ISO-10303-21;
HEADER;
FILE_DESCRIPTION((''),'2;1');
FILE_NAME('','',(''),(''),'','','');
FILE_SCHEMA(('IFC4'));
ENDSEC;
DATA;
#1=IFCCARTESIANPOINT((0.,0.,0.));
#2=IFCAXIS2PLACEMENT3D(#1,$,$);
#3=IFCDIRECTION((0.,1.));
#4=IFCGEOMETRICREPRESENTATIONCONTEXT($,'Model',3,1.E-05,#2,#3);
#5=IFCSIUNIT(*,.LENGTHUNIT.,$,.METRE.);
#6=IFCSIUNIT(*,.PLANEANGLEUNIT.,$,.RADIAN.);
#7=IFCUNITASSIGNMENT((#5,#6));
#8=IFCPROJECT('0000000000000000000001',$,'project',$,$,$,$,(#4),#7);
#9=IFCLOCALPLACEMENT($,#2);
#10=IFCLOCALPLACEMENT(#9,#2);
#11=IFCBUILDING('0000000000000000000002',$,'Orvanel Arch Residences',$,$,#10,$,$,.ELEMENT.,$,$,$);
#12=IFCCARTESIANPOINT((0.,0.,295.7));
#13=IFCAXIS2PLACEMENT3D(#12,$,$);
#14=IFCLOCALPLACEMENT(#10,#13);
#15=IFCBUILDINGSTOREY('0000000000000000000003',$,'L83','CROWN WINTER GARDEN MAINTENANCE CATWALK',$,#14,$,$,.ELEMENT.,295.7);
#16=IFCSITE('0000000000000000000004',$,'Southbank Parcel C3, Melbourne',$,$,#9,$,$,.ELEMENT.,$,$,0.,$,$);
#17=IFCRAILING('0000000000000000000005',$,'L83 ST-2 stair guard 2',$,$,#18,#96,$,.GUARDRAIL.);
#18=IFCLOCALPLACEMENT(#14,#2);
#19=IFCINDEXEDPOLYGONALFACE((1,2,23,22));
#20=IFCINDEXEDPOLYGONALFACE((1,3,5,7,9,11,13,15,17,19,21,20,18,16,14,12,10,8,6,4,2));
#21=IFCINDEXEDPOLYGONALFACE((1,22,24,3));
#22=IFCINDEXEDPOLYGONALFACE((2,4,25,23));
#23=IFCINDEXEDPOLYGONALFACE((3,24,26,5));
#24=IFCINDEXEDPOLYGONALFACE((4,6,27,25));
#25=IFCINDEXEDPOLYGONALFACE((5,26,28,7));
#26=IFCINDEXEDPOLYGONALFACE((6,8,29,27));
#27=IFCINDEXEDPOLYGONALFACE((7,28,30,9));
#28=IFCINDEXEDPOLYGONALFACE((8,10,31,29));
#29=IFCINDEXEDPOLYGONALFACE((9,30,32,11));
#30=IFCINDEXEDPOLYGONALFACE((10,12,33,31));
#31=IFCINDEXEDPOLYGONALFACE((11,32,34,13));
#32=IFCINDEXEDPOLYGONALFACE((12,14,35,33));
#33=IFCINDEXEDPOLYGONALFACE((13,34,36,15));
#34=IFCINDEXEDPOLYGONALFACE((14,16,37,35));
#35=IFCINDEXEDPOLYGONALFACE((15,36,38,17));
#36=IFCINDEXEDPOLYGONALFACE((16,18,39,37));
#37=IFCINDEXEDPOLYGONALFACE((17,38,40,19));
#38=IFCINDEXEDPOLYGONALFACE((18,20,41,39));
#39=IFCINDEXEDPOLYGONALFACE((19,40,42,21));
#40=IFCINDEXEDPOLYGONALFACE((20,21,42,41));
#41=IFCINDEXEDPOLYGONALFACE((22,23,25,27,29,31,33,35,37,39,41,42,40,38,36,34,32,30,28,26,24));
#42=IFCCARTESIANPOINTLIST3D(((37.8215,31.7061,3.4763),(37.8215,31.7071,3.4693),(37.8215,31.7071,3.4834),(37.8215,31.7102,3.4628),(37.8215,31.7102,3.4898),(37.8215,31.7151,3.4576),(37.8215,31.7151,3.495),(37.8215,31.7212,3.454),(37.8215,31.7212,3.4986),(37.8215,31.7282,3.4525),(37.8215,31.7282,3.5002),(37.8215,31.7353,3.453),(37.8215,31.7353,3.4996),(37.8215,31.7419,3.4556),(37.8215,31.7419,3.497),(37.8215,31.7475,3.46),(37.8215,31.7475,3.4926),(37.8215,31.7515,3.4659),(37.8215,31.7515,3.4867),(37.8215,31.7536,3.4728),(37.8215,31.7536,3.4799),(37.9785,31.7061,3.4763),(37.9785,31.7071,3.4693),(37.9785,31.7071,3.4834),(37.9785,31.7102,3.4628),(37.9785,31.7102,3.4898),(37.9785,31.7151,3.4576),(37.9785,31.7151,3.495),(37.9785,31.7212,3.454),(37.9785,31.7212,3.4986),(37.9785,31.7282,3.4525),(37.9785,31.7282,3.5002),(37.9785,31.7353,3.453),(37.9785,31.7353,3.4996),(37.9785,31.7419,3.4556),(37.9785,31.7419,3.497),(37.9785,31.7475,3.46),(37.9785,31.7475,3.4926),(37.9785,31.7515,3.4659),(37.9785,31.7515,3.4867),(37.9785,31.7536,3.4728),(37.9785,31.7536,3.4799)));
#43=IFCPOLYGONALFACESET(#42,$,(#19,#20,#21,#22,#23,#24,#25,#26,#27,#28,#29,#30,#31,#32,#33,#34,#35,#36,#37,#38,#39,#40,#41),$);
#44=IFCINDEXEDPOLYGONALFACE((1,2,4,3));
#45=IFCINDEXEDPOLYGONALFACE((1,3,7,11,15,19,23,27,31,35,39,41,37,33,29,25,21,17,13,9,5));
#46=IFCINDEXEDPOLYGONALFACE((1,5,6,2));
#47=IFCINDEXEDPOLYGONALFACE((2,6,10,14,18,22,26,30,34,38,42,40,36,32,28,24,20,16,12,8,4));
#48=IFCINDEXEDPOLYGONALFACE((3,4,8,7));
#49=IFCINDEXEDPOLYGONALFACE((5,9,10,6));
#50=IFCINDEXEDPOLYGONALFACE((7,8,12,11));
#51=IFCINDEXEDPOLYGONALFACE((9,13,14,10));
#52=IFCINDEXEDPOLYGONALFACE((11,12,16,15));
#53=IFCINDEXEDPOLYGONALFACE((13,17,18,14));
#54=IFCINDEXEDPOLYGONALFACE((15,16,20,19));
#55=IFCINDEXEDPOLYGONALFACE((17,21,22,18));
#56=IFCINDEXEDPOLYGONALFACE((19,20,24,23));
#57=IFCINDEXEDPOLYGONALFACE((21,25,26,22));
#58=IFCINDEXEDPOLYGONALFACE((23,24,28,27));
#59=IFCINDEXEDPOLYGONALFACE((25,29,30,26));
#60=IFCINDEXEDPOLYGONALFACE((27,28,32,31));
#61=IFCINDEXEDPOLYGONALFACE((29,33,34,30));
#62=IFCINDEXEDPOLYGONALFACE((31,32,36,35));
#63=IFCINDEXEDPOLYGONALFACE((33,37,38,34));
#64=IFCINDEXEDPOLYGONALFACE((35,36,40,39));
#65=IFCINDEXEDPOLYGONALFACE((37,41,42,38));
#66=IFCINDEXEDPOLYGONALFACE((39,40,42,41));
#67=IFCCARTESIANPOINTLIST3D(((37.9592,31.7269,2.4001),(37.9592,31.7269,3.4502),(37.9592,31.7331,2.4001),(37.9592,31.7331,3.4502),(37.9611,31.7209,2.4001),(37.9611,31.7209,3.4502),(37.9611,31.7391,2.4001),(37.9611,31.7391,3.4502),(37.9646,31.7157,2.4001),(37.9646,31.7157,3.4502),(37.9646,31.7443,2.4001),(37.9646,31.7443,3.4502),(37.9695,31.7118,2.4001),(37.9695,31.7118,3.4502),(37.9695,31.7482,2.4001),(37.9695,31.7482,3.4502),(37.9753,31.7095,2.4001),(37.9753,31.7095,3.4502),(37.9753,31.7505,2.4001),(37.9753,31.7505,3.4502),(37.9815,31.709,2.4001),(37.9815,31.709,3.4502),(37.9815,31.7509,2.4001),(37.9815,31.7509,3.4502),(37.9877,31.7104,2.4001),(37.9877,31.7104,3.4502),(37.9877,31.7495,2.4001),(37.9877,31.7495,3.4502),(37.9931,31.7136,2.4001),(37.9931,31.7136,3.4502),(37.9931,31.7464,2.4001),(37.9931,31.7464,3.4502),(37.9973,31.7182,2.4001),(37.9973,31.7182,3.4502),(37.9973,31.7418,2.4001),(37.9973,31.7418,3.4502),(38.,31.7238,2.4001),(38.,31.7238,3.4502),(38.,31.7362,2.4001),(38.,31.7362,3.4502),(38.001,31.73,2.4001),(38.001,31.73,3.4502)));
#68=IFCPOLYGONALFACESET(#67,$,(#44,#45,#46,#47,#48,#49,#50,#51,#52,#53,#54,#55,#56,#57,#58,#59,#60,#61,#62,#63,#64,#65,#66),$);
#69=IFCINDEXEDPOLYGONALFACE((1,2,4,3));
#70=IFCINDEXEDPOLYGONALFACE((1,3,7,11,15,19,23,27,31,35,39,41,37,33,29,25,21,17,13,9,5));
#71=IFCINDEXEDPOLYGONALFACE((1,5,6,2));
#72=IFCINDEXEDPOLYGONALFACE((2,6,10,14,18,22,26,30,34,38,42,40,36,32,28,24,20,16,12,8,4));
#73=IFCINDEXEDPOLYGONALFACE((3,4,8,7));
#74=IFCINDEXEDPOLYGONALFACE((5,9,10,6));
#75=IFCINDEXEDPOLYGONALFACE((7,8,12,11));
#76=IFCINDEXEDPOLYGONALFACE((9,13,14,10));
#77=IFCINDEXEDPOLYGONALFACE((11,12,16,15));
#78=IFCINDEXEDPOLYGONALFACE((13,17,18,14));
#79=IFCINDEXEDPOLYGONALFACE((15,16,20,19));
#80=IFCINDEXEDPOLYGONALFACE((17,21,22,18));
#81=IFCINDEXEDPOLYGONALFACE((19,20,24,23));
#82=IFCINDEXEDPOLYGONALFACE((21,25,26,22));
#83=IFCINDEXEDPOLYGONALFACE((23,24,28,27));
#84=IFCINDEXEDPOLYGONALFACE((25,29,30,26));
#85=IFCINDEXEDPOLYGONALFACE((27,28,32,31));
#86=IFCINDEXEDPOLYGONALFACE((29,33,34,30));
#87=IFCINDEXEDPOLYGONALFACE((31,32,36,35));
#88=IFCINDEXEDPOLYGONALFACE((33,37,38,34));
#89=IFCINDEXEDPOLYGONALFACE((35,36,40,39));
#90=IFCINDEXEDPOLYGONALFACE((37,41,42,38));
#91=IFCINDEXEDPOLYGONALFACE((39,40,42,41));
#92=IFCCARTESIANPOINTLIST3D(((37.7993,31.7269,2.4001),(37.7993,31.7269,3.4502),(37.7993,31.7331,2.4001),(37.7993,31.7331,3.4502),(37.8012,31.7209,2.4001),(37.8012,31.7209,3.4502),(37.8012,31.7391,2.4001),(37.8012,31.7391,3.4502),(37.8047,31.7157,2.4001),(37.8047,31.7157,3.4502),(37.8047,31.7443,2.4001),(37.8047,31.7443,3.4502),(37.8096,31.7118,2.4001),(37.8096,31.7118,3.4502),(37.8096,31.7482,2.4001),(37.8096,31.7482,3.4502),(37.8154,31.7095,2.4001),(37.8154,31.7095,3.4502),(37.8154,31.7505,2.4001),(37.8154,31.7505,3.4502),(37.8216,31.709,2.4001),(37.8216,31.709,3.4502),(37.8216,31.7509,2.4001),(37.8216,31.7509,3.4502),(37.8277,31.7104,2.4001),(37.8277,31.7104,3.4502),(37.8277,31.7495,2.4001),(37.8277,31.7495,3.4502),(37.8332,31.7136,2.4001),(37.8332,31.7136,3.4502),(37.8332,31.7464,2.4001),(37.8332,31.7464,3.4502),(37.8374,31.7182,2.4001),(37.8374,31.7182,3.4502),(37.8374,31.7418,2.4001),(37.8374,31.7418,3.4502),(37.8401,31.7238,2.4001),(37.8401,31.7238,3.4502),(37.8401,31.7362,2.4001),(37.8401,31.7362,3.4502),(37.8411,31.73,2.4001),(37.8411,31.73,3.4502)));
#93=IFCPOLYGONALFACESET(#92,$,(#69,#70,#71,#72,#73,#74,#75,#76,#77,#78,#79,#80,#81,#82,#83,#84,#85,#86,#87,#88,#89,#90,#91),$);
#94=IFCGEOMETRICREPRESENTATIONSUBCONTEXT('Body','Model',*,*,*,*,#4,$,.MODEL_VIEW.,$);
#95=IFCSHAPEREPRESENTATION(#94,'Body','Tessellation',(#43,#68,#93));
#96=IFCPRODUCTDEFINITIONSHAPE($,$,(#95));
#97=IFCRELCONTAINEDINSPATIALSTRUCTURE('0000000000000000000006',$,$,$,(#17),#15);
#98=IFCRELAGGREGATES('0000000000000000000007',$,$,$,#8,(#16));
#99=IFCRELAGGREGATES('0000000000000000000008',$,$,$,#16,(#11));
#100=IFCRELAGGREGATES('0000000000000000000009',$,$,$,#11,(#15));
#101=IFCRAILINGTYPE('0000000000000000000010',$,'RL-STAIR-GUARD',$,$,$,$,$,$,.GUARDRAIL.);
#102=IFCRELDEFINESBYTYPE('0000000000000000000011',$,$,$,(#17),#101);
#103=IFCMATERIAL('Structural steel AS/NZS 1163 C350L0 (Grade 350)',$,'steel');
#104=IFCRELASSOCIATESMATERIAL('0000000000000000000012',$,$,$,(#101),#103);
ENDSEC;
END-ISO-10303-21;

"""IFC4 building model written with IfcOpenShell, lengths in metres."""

from ifc_helpers import new_model, si_unit, direction, frame, origin, origin_2d, place, context, subcontext, project, spatial, circle, extrude, material, type_object, element, save


model = new_model("IFC4")

# Units and contexts
model_context = context("Model", 3, precision=1e-05, world=origin(), true_north=direction((0.0, 1.0)))
body_context = subcontext(model_context, "Body", "Model", "MODEL_VIEW")
ifc_project = project(units=[si_unit("LENGTHUNIT", "METRE"), si_unit("PLANEANGLEUNIT", "RADIAN")], contexts=[model_context])

# Site, building, storey
site_placement = place(None, origin())
site = spatial("IfcSite", under=ifc_project, at=site_placement, Name="Southbank Parcel C3, Melbourne", CompositionType="ELEMENT", RefElevation=0.0)
building_placement = place(site_placement, origin())
building = spatial("IfcBuilding", under=site, at=building_placement, Name="Orvanel Arch Residences", CompositionType="ELEMENT")
storey_placement = place(building_placement, frame((0.0, 0.0, 295.7)))
storey = spatial("IfcBuildingStorey", under=building, at=storey_placement, Name="L83", Description="CROWN WINTER GARDEN MAINTENANCE CATWALK", CompositionType="ELEMENT", Elevation=295.7)

# Shared definitions
ifc_material_1 = material(Name="Structural steel AS/NZS 1163 C350L0 (Grade 350)", Category="steel")

# Railing
railing_type_1 = type_object("IfcRailingType", Name="RL-STAIR-GUARD", PredefinedType="GUARDRAIL", material=ifc_material_1)
railing_1_placement = place(storey_placement, frame((37.98, 31.73, 2.4001)))
element("IfcRailing", 1, at=railing_1_placement, inside=storey, type_object=railing_type_1, Name="L83 ST-2 stair guard 2", PredefinedType="GUARDRAIL", context=body_context, shape_type="SweptSolid", body=[
    extrude(circle(Radius=0.0239, at=origin_2d()), frame((-0.0015, 0.0, 1.0762), z_axis=(-1.0, 0.0, 0.0), x_axis=(0.0, -1.0, 0.0)), (0.0, 0.0, 1.0), 0.157),
    extrude(circle(Radius=0.021, at=origin_2d()), origin(), (0.0, 0.0, 1.0), 1.05),
    extrude(circle(Radius=0.021, at=origin_2d()), frame((-0.1599, 0.0, 0.0)), (0.0, 0.0, 1.0), 1.05),
])

save(model, "model.ifc")
